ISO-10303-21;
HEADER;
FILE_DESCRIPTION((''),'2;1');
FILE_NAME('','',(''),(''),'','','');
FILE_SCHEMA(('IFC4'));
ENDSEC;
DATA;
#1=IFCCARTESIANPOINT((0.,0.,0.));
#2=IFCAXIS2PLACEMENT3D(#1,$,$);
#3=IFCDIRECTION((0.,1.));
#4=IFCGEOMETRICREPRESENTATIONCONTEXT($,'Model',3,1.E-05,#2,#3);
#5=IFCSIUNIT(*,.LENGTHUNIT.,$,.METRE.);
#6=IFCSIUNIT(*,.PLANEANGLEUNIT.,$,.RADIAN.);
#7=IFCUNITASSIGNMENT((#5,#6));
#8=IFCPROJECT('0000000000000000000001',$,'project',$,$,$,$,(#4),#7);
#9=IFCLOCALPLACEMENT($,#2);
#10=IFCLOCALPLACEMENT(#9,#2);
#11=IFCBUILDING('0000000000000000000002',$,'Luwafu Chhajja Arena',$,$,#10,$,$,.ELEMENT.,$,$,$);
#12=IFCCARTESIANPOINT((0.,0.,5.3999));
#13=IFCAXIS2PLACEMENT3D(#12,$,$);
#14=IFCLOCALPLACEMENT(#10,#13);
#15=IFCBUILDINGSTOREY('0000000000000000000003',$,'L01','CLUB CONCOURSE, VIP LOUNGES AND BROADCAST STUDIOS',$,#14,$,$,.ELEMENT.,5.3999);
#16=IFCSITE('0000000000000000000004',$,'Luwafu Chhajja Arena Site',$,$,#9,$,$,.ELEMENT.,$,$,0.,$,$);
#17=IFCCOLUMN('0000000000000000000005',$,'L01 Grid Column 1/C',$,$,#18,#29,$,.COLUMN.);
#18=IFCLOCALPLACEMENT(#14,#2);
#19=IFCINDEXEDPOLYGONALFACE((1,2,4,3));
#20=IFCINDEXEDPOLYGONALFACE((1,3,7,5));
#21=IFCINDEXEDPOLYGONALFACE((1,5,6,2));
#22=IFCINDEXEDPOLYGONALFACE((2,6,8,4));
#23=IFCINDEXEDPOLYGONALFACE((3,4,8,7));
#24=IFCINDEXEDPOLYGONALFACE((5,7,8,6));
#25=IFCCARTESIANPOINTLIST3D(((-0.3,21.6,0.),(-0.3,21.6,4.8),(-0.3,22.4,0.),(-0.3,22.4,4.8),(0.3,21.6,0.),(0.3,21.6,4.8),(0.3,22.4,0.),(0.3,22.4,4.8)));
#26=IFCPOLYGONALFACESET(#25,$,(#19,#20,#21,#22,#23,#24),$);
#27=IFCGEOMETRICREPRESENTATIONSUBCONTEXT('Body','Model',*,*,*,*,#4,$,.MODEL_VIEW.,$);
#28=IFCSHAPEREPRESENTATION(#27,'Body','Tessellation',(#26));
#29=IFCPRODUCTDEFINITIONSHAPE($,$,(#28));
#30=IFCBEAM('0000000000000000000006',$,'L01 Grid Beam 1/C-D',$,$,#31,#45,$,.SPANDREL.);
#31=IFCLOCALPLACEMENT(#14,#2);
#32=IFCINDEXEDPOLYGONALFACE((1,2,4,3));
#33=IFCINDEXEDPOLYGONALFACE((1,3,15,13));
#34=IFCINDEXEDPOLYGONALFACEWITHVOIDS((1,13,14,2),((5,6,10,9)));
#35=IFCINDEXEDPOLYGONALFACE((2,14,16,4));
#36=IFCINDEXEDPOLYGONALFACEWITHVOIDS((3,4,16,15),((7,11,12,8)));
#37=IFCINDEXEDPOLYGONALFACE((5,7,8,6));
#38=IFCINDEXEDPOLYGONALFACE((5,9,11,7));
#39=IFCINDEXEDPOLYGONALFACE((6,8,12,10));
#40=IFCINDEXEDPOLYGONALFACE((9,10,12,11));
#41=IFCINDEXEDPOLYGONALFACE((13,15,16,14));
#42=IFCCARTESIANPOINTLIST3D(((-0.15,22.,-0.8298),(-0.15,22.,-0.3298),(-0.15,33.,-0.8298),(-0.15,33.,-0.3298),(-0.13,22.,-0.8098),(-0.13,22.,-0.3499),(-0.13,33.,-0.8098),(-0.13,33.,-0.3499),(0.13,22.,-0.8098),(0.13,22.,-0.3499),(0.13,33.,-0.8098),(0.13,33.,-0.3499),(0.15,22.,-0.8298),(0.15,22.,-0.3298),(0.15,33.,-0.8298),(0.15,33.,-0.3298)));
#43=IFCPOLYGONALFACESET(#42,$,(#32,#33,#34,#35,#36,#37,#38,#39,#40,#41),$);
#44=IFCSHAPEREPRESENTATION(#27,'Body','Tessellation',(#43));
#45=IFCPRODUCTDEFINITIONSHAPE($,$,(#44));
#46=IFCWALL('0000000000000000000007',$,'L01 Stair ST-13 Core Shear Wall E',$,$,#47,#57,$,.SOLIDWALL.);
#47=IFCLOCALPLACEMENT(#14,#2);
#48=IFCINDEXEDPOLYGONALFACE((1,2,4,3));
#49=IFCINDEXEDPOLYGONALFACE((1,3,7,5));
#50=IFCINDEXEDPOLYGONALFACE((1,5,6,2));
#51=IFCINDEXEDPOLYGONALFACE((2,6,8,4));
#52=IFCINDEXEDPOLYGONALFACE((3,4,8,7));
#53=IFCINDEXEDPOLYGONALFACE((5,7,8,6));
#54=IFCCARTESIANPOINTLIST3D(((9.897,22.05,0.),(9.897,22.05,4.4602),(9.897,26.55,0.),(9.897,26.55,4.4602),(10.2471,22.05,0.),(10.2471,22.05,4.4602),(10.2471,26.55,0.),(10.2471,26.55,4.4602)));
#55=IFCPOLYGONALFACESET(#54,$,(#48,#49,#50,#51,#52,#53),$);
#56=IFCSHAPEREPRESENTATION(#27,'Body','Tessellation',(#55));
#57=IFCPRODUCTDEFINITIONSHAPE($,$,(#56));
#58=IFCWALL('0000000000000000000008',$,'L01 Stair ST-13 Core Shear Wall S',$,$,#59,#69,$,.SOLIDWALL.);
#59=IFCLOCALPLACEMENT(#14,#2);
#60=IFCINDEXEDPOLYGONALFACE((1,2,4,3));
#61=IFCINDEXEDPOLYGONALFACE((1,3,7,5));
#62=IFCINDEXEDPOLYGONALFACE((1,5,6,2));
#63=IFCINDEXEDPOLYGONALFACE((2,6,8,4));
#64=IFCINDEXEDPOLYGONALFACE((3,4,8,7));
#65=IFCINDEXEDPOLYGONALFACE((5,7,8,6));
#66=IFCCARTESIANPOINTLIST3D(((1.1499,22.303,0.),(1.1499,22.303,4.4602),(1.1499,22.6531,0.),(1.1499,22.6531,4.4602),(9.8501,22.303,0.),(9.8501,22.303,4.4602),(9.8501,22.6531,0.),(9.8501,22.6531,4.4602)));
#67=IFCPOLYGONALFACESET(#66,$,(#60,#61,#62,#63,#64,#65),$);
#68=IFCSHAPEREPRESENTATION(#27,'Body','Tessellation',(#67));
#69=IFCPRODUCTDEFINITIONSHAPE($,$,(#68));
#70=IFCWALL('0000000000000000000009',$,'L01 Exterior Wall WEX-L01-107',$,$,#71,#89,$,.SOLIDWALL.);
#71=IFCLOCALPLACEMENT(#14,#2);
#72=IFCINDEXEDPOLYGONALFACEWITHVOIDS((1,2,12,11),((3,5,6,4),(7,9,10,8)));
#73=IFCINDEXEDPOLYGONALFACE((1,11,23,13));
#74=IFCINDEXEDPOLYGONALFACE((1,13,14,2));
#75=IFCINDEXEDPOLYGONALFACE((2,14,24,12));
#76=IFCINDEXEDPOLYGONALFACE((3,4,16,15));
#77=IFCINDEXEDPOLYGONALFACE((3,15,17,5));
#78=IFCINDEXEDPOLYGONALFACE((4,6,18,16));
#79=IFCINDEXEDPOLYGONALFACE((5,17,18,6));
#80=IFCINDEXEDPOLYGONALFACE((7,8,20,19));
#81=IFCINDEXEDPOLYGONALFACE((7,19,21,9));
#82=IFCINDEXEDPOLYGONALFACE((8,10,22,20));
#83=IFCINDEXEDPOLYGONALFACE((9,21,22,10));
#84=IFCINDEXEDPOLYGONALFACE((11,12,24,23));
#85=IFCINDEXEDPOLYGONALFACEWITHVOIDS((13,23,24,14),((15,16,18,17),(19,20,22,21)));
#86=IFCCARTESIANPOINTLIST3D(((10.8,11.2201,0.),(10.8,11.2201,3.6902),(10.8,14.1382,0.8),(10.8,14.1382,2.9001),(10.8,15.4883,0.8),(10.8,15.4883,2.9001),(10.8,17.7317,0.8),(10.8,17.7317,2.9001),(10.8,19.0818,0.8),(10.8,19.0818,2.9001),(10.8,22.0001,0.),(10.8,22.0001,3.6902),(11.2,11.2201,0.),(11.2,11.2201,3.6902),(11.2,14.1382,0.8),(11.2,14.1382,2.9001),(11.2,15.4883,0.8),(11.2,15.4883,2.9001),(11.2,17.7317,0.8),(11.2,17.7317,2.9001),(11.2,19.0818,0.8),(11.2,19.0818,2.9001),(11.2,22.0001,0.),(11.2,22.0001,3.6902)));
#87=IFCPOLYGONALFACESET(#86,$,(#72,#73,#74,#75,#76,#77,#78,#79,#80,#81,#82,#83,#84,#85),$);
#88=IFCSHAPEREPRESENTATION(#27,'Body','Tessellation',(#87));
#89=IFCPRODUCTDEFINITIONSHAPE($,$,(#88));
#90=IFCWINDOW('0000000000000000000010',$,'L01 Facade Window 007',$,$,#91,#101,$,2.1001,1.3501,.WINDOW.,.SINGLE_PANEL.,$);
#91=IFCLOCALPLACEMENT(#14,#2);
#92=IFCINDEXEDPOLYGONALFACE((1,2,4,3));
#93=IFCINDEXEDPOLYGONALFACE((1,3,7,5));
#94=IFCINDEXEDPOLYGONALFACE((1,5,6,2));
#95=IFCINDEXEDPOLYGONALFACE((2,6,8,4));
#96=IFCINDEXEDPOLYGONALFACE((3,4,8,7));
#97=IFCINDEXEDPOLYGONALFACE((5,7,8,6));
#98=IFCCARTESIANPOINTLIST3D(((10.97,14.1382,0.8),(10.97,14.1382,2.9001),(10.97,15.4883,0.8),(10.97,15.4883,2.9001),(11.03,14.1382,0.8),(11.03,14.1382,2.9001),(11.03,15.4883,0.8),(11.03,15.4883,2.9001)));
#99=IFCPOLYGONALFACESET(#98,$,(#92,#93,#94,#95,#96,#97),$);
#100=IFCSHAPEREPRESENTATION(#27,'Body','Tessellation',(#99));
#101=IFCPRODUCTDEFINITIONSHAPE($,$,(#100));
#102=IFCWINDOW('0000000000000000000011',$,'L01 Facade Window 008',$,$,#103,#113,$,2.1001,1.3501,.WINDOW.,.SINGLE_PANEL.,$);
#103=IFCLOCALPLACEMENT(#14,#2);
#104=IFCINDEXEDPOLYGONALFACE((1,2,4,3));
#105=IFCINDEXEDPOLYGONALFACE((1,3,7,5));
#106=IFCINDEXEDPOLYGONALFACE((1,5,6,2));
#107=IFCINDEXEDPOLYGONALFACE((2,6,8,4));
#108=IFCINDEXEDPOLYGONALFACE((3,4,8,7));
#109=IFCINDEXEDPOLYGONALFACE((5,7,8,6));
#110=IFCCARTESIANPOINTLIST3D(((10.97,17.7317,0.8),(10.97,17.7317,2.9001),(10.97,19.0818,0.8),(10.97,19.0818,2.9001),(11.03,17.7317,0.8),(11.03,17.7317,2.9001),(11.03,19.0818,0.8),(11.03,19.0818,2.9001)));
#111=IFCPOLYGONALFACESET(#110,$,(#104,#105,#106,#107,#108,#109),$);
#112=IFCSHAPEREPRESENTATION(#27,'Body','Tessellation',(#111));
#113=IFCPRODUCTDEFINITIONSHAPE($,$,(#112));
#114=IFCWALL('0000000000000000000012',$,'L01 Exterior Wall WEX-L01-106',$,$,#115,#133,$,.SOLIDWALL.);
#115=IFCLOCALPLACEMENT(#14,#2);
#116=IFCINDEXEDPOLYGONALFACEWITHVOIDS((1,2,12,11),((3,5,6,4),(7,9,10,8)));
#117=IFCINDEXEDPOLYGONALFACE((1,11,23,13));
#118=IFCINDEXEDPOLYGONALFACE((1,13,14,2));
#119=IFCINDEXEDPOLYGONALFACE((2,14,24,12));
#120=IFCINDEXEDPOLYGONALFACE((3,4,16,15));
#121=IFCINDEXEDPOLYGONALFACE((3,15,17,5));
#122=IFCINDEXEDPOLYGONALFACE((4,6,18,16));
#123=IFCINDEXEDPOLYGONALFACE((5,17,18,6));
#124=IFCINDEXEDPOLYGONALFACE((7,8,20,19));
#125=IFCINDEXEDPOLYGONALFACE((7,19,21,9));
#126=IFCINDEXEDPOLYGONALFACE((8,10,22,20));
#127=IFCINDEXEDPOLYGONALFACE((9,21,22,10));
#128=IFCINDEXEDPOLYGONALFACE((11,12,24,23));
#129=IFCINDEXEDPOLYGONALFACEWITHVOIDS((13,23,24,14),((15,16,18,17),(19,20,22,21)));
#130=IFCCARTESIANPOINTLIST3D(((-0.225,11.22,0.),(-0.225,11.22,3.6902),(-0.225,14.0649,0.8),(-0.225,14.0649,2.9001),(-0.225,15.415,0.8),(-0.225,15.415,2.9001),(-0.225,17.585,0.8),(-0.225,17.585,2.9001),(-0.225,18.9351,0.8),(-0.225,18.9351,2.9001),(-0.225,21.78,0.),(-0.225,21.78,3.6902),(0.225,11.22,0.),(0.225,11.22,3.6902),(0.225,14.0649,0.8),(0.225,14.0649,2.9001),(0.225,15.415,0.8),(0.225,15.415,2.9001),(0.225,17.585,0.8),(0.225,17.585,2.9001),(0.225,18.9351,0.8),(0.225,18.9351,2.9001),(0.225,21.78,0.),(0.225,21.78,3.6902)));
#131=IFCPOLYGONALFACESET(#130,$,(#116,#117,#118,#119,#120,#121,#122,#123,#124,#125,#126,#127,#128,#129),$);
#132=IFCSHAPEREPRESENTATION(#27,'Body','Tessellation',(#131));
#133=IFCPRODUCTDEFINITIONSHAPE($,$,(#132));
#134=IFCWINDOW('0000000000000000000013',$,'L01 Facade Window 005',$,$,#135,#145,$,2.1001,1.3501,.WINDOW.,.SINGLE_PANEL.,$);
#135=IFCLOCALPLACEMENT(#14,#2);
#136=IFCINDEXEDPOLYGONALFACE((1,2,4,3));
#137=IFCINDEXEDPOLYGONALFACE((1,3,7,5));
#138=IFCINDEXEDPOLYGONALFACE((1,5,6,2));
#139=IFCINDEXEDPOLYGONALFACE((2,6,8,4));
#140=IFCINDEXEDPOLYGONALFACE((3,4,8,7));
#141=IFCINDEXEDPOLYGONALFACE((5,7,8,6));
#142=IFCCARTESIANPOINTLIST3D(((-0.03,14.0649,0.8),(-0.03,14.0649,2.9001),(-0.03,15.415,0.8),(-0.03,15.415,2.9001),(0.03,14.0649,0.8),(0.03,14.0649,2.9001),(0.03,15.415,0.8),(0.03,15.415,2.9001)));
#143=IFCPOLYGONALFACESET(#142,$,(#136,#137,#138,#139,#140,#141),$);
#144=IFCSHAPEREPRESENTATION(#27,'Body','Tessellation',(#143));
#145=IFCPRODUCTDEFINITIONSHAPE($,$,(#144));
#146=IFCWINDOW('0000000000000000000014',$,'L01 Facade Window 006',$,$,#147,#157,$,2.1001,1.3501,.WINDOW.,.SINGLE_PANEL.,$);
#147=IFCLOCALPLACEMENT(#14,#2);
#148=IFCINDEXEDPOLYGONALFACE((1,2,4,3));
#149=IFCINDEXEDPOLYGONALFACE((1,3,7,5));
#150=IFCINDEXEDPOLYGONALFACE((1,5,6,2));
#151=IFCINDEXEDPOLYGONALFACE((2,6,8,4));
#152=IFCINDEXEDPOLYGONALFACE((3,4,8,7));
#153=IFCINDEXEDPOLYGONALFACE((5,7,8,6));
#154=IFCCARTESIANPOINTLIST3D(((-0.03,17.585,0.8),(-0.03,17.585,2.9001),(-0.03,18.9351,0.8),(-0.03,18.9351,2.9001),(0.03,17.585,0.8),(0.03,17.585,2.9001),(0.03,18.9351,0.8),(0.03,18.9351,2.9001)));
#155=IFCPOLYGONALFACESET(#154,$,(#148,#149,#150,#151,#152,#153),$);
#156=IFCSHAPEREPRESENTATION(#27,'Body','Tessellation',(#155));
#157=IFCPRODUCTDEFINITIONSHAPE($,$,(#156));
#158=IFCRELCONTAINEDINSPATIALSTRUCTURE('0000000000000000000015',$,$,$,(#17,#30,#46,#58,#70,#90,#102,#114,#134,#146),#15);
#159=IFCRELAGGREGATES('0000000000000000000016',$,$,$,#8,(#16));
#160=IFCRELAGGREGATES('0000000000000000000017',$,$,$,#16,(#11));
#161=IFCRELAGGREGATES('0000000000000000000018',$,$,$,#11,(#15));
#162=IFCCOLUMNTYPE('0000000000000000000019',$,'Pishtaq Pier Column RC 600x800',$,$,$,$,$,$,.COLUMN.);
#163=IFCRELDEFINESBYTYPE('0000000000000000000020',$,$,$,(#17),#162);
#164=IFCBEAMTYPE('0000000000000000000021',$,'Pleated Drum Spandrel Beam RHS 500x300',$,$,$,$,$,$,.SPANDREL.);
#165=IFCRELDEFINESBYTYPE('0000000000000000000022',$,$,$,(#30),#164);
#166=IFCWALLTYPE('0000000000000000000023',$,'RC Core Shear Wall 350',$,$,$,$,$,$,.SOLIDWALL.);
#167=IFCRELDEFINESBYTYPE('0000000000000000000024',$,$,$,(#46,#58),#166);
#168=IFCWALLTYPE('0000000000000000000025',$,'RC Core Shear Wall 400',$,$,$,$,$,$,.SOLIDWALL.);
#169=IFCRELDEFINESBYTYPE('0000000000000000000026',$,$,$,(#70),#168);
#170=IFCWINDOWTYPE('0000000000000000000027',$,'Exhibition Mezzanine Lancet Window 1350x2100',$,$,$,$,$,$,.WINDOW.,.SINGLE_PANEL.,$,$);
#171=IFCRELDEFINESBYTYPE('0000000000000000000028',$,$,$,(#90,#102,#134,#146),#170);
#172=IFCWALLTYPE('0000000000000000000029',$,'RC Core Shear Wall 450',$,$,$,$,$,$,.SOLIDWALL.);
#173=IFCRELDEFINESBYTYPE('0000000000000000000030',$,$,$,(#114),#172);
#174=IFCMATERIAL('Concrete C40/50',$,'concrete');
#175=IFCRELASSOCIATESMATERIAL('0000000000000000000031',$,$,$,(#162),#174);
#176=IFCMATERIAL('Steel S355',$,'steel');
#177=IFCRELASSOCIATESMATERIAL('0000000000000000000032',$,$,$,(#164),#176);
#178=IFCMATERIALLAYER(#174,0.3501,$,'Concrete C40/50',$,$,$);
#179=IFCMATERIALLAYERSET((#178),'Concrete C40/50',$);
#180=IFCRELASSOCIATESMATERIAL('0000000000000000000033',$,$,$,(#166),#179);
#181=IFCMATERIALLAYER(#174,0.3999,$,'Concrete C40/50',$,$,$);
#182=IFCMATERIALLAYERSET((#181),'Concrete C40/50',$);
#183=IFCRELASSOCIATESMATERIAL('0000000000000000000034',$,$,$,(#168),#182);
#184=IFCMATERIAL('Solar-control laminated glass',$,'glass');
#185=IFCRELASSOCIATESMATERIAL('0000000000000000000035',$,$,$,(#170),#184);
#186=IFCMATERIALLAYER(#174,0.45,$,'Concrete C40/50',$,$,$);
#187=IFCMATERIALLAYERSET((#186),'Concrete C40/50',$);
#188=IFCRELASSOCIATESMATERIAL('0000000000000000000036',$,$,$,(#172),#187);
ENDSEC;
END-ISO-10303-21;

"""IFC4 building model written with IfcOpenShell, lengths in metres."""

from ifc_helpers import new_model, si_unit, direction, frame, frame_2d, origin, origin_2d, place, context, subcontext, project, spatial, rectangle, hollow_rectangle, extrude, material, layer, layer_set, material_profile, profile_set, type_object, element, fill, save


model = new_model("IFC4")

# Units and contexts
model_context = context("Model", 3, precision=1e-05, world=origin(), true_north=direction((0.0, 1.0)))
body_context = subcontext(model_context, "Body", "Model", "MODEL_VIEW")
ifc_project = project(units=[si_unit("LENGTHUNIT", "METRE"), si_unit("PLANEANGLEUNIT", "RADIAN")], contexts=[model_context])

# Site, building, storey
site_placement = place(None, origin())
site = spatial("IfcSite", under=ifc_project, at=site_placement, Name="Luwafu Chhajja Arena Site", CompositionType="ELEMENT", RefElevation=0.0)
building_placement = place(site_placement, origin())
building = spatial("IfcBuilding", under=site, at=building_placement, Name="Luwafu Chhajja Arena", CompositionType="ELEMENT")
storey_placement = place(building_placement, frame((0.0, 0.0, 5.3999)))
storey = spatial("IfcBuildingStorey", under=building, at=storey_placement, Name="L01", Description="CLUB CONCOURSE, VIP LOUNGES AND BROADCAST STUDIOS", CompositionType="ELEMENT", Elevation=5.3999)

# Column
ifc_material_1 = material(Name="Concrete C40/50", Category="concrete")
ifc_material_profile_1 = material_profile(ifc_material_1, rectangle(XDim=0.6001, YDim=0.8, at=origin_2d()), Name="RC 600x800")
ifc_profile_set_1 = profile_set([ifc_material_profile_1], Name="Concrete C40/50")
column_type = type_object("IfcColumnType", Name="Pishtaq Pier Column RC 600x800", PredefinedType="COLUMN", material=ifc_profile_set_1)
column_placement = place(storey_placement, frame((0.0, 22.0, 0.0), z_axis=(0.0, 0.0, 1.0), x_axis=(1.0, 0.0, 0.0)))
element("IfcColumn", 1, at=column_placement, inside=storey, type_object=column_type, Name="L01 Grid Column 1/C", PredefinedType="COLUMN", context=body_context, shape_type="SweptSolid", body=[
    extrude(rectangle(XDim=0.6001, YDim=0.8, at=origin_2d()), origin(), (0.0, 0.0, 1.0), 4.8),
])

# Beam
ifc_material_2 = material(Name="Steel S355", Category="steel")
ifc_material_profile_2 = material_profile(ifc_material_2, hollow_rectangle(XDim=0.3, YDim=0.5, WallThickness=0.02, at=origin_2d()), Name="RHS 500x300x20")
ifc_profile_set_2 = profile_set([ifc_material_profile_2], Name="Steel S355")
beam_type = type_object("IfcBeamType", Name="Pleated Drum Spandrel Beam RHS 500x300", PredefinedType="SPANDREL", material=ifc_profile_set_2)
beam_placement = place(storey_placement, frame((0.0, 22.0, -0.5798), z_axis=(0.0, 1.0, 0.0), x_axis=(-1.0, 0.0, 0.0)))
element("IfcBeam", 2, at=beam_placement, inside=storey, type_object=beam_type, Name="L01 Grid Beam 1/C-D", PredefinedType="SPANDREL", context=body_context, shape_type="SweptSolid", body=[
    extrude(hollow_rectangle(XDim=0.3, YDim=0.5, WallThickness=0.02, at=origin_2d()), origin(), (0.0, 0.0, 1.0), 11.0),
])

# Walls
ifc_layer_1 = layer(ifc_material_1, 0.3501, Name="Concrete C40/50")
ifc_layer_set_1 = layer_set([ifc_layer_1], Name="Concrete C40/50")
wall_type_1 = type_object("IfcWallType", Name="RC Core Shear Wall 350", PredefinedType="SOLIDWALL", material=ifc_layer_set_1)
wall_1_placement = place(storey_placement, frame((10.072, 22.05, 0.0), z_axis=(0.0, 0.0, 1.0), x_axis=(0.0, 1.0, 0.0)))
element("IfcWall", 3, at=wall_1_placement, inside=storey, type_object=wall_type_1, Name="L01 Stair ST-13 Core Shear Wall E", PredefinedType="SOLIDWALL", context=body_context, shape_type="SweptSolid", body=[
    extrude(rectangle(XDim=4.5, YDim=0.3501, at=frame_2d((2.25, 0.0))), origin(), (0.0, 0.0, 1.0), 4.4602),
])
wall_2_placement = place(storey_placement, frame((1.1499, 22.478, 0.0), z_axis=(0.0, 0.0, 1.0), x_axis=(1.0, 0.0, 0.0)))
element("IfcWall", 4, at=wall_2_placement, inside=storey, type_object=wall_type_1, Name="L01 Stair ST-13 Core Shear Wall S", PredefinedType="SOLIDWALL", context=body_context, shape_type="SweptSolid", body=[
    extrude(rectangle(XDim=8.7002, YDim=0.3501, at=frame_2d((4.3501, 0.0))), origin(), (0.0, 0.0, 1.0), 4.4602),
])

# Walls, openings, windows
ifc_layer_2 = layer(ifc_material_1, 0.3999, Name="Concrete C40/50")
ifc_layer_set_2 = layer_set([ifc_layer_2], Name="Concrete C40/50")
wall_type_2 = type_object("IfcWallType", Name="RC Core Shear Wall 400", PredefinedType="SOLIDWALL", material=ifc_layer_set_2)
wall_3_placement = place(storey_placement, frame((11.0, 11.22, 0.0), z_axis=(0.0, 0.0, 1.0), x_axis=(0.0, 1.0, 0.0)))
wall_3 = element("IfcWall", 5, at=wall_3_placement, inside=storey, type_object=wall_type_2, Name="L01 Exterior Wall WEX-L01-107", PredefinedType="SOLIDWALL", context=body_context, shape_type="SweptSolid", body=[
    extrude(rectangle(XDim=10.78, YDim=0.3999, at=frame_2d((5.3901, 0.0))), origin(), (0.0, 0.0, 1.0), 3.6902),
])
opening_1_placement = place(wall_3_placement, frame((2.9182, 0.0, 0.8)))
opening_1 = element("IfcOpeningElement", 6, at=opening_1_placement, cuts=wall_3, PredefinedType="OPENING", context=body_context, shape_type="SweptSolid", body=[
    extrude(rectangle(XDim=1.3501, YDim=2.1001, at=frame_2d((0.675, 1.05))), frame((0.0, 0.21, 0.0), z_axis=(0.0, -1.0, 0.0), x_axis=(1.0, 0.0, 0.0)), (0.0, 0.0, 1.0), 0.4199),
])
opening_2_placement = place(wall_3_placement, frame((6.5117, 0.0, 0.8)))
opening_2 = element("IfcOpeningElement", 7, at=opening_2_placement, cuts=wall_3, PredefinedType="OPENING", context=body_context, shape_type="SweptSolid", body=[
    extrude(rectangle(XDim=1.3501, YDim=2.1001, at=frame_2d((0.675, 1.05))), frame((0.0, 0.21, 0.0), z_axis=(0.0, -1.0, 0.0), x_axis=(1.0, 0.0, 0.0)), (0.0, 0.0, 1.0), 0.4199),
])
ifc_material_3 = material(Name="Solar-control laminated glass", Category="glass")
window_type = type_object("IfcWindowType", Name="Exhibition Mezzanine Lancet Window 1350x2100", PartitioningType="SINGLE_PANEL", PredefinedType="WINDOW", material=ifc_material_3)
window_1_placement = place(opening_1_placement, origin())
window_1 = element("IfcWindow", 8, at=window_1_placement, inside=storey, type_object=window_type, Name="L01 Facade Window 007", OverallHeight=2.1001, OverallWidth=1.3501, PartitioningType="SINGLE_PANEL", PredefinedType="WINDOW", context=body_context, shape_type="SweptSolid", body=[
    extrude(rectangle(XDim=1.3501, YDim=2.1001, at=frame_2d((0.675, 1.05))), frame((0.0, 0.03, 0.0), z_axis=(0.0, -1.0, 0.0), x_axis=(1.0, 0.0, 0.0)), (0.0, 0.0, 1.0), 0.0601),
])
fill(opening_1, window_1)
window_2_placement = place(opening_2_placement, origin())
window_2 = element("IfcWindow", 9, at=window_2_placement, inside=storey, type_object=window_type, Name="L01 Facade Window 008", OverallHeight=2.1001, OverallWidth=1.3501, PartitioningType="SINGLE_PANEL", PredefinedType="WINDOW", context=body_context, shape_type="SweptSolid", body=[
    extrude(rectangle(XDim=1.3501, YDim=2.1001, at=frame_2d((0.675, 1.05))), frame((0.0, 0.03, 0.0), z_axis=(0.0, -1.0, 0.0), x_axis=(1.0, 0.0, 0.0)), (0.0, 0.0, 1.0), 0.0601),
])
fill(opening_2, window_2)
ifc_layer_3 = layer(ifc_material_1, 0.45, Name="Concrete C40/50")
ifc_layer_set_3 = layer_set([ifc_layer_3], Name="Concrete C40/50")
wall_type_3 = type_object("IfcWallType", Name="RC Core Shear Wall 450", PredefinedType="SOLIDWALL", material=ifc_layer_set_3)
wall_4_placement = place(storey_placement, frame((0.0, 11.22, 0.0), z_axis=(0.0, 0.0, 1.0), x_axis=(0.0, 1.0, 0.0)))
wall_4 = element("IfcWall", 10, at=wall_4_placement, inside=storey, type_object=wall_type_3, Name="L01 Exterior Wall WEX-L01-106", PredefinedType="SOLIDWALL", context=body_context, shape_type="SweptSolid", body=[
    extrude(rectangle(XDim=10.5601, YDim=0.45, at=frame_2d((5.28, 0.0))), origin(), (0.0, 0.0, 1.0), 3.6902),
])
opening_3_placement = place(wall_4_placement, frame((2.845, 0.0, 0.8)))
opening_3 = element("IfcOpeningElement", 11, at=opening_3_placement, cuts=wall_4, PredefinedType="OPENING", context=body_context, shape_type="SweptSolid", body=[
    extrude(rectangle(XDim=1.3501, YDim=2.1001, at=frame_2d((0.675, 1.05))), frame((0.0, 0.2349, 0.0), z_axis=(0.0, -1.0, 0.0), x_axis=(1.0, 0.0, 0.0)), (0.0, 0.0, 1.0), 0.47),
])
opening_4_placement = place(wall_4_placement, frame((6.365, 0.0, 0.8)))
opening_4 = element("IfcOpeningElement", 12, at=opening_4_placement, cuts=wall_4, PredefinedType="OPENING", context=body_context, shape_type="SweptSolid", body=[
    extrude(rectangle(XDim=1.3501, YDim=2.1001, at=frame_2d((0.675, 1.05))), frame((0.0, 0.2349, 0.0), z_axis=(0.0, -1.0, 0.0), x_axis=(1.0, 0.0, 0.0)), (0.0, 0.0, 1.0), 0.47),
])
window_3_placement = place(opening_3_placement, origin())
window_3 = element("IfcWindow", 13, at=window_3_placement, inside=storey, type_object=window_type, Name="L01 Facade Window 005", OverallHeight=2.1001, OverallWidth=1.3501, PartitioningType="SINGLE_PANEL", PredefinedType="WINDOW", context=body_context, shape_type="SweptSolid", body=[
    extrude(rectangle(XDim=1.3501, YDim=2.1001, at=frame_2d((0.675, 1.05))), frame((0.0, 0.03, 0.0), z_axis=(0.0, -1.0, 0.0), x_axis=(1.0, 0.0, 0.0)), (0.0, 0.0, 1.0), 0.0601),
])
fill(opening_3, window_3)
window_4_placement = place(opening_4_placement, origin())
window_4 = element("IfcWindow", 14, at=window_4_placement, inside=storey, type_object=window_type, Name="L01 Facade Window 006", OverallHeight=2.1001, OverallWidth=1.3501, PartitioningType="SINGLE_PANEL", PredefinedType="WINDOW", context=body_context, shape_type="SweptSolid", body=[
    extrude(rectangle(XDim=1.3501, YDim=2.1001, at=frame_2d((0.675, 1.05))), frame((0.0, 0.03, 0.0), z_axis=(0.0, -1.0, 0.0), x_axis=(1.0, 0.0, 0.0)), (0.0, 0.0, 1.0), 0.0601),
])
fill(opening_4, window_4)

save(model, "model.ifc")
